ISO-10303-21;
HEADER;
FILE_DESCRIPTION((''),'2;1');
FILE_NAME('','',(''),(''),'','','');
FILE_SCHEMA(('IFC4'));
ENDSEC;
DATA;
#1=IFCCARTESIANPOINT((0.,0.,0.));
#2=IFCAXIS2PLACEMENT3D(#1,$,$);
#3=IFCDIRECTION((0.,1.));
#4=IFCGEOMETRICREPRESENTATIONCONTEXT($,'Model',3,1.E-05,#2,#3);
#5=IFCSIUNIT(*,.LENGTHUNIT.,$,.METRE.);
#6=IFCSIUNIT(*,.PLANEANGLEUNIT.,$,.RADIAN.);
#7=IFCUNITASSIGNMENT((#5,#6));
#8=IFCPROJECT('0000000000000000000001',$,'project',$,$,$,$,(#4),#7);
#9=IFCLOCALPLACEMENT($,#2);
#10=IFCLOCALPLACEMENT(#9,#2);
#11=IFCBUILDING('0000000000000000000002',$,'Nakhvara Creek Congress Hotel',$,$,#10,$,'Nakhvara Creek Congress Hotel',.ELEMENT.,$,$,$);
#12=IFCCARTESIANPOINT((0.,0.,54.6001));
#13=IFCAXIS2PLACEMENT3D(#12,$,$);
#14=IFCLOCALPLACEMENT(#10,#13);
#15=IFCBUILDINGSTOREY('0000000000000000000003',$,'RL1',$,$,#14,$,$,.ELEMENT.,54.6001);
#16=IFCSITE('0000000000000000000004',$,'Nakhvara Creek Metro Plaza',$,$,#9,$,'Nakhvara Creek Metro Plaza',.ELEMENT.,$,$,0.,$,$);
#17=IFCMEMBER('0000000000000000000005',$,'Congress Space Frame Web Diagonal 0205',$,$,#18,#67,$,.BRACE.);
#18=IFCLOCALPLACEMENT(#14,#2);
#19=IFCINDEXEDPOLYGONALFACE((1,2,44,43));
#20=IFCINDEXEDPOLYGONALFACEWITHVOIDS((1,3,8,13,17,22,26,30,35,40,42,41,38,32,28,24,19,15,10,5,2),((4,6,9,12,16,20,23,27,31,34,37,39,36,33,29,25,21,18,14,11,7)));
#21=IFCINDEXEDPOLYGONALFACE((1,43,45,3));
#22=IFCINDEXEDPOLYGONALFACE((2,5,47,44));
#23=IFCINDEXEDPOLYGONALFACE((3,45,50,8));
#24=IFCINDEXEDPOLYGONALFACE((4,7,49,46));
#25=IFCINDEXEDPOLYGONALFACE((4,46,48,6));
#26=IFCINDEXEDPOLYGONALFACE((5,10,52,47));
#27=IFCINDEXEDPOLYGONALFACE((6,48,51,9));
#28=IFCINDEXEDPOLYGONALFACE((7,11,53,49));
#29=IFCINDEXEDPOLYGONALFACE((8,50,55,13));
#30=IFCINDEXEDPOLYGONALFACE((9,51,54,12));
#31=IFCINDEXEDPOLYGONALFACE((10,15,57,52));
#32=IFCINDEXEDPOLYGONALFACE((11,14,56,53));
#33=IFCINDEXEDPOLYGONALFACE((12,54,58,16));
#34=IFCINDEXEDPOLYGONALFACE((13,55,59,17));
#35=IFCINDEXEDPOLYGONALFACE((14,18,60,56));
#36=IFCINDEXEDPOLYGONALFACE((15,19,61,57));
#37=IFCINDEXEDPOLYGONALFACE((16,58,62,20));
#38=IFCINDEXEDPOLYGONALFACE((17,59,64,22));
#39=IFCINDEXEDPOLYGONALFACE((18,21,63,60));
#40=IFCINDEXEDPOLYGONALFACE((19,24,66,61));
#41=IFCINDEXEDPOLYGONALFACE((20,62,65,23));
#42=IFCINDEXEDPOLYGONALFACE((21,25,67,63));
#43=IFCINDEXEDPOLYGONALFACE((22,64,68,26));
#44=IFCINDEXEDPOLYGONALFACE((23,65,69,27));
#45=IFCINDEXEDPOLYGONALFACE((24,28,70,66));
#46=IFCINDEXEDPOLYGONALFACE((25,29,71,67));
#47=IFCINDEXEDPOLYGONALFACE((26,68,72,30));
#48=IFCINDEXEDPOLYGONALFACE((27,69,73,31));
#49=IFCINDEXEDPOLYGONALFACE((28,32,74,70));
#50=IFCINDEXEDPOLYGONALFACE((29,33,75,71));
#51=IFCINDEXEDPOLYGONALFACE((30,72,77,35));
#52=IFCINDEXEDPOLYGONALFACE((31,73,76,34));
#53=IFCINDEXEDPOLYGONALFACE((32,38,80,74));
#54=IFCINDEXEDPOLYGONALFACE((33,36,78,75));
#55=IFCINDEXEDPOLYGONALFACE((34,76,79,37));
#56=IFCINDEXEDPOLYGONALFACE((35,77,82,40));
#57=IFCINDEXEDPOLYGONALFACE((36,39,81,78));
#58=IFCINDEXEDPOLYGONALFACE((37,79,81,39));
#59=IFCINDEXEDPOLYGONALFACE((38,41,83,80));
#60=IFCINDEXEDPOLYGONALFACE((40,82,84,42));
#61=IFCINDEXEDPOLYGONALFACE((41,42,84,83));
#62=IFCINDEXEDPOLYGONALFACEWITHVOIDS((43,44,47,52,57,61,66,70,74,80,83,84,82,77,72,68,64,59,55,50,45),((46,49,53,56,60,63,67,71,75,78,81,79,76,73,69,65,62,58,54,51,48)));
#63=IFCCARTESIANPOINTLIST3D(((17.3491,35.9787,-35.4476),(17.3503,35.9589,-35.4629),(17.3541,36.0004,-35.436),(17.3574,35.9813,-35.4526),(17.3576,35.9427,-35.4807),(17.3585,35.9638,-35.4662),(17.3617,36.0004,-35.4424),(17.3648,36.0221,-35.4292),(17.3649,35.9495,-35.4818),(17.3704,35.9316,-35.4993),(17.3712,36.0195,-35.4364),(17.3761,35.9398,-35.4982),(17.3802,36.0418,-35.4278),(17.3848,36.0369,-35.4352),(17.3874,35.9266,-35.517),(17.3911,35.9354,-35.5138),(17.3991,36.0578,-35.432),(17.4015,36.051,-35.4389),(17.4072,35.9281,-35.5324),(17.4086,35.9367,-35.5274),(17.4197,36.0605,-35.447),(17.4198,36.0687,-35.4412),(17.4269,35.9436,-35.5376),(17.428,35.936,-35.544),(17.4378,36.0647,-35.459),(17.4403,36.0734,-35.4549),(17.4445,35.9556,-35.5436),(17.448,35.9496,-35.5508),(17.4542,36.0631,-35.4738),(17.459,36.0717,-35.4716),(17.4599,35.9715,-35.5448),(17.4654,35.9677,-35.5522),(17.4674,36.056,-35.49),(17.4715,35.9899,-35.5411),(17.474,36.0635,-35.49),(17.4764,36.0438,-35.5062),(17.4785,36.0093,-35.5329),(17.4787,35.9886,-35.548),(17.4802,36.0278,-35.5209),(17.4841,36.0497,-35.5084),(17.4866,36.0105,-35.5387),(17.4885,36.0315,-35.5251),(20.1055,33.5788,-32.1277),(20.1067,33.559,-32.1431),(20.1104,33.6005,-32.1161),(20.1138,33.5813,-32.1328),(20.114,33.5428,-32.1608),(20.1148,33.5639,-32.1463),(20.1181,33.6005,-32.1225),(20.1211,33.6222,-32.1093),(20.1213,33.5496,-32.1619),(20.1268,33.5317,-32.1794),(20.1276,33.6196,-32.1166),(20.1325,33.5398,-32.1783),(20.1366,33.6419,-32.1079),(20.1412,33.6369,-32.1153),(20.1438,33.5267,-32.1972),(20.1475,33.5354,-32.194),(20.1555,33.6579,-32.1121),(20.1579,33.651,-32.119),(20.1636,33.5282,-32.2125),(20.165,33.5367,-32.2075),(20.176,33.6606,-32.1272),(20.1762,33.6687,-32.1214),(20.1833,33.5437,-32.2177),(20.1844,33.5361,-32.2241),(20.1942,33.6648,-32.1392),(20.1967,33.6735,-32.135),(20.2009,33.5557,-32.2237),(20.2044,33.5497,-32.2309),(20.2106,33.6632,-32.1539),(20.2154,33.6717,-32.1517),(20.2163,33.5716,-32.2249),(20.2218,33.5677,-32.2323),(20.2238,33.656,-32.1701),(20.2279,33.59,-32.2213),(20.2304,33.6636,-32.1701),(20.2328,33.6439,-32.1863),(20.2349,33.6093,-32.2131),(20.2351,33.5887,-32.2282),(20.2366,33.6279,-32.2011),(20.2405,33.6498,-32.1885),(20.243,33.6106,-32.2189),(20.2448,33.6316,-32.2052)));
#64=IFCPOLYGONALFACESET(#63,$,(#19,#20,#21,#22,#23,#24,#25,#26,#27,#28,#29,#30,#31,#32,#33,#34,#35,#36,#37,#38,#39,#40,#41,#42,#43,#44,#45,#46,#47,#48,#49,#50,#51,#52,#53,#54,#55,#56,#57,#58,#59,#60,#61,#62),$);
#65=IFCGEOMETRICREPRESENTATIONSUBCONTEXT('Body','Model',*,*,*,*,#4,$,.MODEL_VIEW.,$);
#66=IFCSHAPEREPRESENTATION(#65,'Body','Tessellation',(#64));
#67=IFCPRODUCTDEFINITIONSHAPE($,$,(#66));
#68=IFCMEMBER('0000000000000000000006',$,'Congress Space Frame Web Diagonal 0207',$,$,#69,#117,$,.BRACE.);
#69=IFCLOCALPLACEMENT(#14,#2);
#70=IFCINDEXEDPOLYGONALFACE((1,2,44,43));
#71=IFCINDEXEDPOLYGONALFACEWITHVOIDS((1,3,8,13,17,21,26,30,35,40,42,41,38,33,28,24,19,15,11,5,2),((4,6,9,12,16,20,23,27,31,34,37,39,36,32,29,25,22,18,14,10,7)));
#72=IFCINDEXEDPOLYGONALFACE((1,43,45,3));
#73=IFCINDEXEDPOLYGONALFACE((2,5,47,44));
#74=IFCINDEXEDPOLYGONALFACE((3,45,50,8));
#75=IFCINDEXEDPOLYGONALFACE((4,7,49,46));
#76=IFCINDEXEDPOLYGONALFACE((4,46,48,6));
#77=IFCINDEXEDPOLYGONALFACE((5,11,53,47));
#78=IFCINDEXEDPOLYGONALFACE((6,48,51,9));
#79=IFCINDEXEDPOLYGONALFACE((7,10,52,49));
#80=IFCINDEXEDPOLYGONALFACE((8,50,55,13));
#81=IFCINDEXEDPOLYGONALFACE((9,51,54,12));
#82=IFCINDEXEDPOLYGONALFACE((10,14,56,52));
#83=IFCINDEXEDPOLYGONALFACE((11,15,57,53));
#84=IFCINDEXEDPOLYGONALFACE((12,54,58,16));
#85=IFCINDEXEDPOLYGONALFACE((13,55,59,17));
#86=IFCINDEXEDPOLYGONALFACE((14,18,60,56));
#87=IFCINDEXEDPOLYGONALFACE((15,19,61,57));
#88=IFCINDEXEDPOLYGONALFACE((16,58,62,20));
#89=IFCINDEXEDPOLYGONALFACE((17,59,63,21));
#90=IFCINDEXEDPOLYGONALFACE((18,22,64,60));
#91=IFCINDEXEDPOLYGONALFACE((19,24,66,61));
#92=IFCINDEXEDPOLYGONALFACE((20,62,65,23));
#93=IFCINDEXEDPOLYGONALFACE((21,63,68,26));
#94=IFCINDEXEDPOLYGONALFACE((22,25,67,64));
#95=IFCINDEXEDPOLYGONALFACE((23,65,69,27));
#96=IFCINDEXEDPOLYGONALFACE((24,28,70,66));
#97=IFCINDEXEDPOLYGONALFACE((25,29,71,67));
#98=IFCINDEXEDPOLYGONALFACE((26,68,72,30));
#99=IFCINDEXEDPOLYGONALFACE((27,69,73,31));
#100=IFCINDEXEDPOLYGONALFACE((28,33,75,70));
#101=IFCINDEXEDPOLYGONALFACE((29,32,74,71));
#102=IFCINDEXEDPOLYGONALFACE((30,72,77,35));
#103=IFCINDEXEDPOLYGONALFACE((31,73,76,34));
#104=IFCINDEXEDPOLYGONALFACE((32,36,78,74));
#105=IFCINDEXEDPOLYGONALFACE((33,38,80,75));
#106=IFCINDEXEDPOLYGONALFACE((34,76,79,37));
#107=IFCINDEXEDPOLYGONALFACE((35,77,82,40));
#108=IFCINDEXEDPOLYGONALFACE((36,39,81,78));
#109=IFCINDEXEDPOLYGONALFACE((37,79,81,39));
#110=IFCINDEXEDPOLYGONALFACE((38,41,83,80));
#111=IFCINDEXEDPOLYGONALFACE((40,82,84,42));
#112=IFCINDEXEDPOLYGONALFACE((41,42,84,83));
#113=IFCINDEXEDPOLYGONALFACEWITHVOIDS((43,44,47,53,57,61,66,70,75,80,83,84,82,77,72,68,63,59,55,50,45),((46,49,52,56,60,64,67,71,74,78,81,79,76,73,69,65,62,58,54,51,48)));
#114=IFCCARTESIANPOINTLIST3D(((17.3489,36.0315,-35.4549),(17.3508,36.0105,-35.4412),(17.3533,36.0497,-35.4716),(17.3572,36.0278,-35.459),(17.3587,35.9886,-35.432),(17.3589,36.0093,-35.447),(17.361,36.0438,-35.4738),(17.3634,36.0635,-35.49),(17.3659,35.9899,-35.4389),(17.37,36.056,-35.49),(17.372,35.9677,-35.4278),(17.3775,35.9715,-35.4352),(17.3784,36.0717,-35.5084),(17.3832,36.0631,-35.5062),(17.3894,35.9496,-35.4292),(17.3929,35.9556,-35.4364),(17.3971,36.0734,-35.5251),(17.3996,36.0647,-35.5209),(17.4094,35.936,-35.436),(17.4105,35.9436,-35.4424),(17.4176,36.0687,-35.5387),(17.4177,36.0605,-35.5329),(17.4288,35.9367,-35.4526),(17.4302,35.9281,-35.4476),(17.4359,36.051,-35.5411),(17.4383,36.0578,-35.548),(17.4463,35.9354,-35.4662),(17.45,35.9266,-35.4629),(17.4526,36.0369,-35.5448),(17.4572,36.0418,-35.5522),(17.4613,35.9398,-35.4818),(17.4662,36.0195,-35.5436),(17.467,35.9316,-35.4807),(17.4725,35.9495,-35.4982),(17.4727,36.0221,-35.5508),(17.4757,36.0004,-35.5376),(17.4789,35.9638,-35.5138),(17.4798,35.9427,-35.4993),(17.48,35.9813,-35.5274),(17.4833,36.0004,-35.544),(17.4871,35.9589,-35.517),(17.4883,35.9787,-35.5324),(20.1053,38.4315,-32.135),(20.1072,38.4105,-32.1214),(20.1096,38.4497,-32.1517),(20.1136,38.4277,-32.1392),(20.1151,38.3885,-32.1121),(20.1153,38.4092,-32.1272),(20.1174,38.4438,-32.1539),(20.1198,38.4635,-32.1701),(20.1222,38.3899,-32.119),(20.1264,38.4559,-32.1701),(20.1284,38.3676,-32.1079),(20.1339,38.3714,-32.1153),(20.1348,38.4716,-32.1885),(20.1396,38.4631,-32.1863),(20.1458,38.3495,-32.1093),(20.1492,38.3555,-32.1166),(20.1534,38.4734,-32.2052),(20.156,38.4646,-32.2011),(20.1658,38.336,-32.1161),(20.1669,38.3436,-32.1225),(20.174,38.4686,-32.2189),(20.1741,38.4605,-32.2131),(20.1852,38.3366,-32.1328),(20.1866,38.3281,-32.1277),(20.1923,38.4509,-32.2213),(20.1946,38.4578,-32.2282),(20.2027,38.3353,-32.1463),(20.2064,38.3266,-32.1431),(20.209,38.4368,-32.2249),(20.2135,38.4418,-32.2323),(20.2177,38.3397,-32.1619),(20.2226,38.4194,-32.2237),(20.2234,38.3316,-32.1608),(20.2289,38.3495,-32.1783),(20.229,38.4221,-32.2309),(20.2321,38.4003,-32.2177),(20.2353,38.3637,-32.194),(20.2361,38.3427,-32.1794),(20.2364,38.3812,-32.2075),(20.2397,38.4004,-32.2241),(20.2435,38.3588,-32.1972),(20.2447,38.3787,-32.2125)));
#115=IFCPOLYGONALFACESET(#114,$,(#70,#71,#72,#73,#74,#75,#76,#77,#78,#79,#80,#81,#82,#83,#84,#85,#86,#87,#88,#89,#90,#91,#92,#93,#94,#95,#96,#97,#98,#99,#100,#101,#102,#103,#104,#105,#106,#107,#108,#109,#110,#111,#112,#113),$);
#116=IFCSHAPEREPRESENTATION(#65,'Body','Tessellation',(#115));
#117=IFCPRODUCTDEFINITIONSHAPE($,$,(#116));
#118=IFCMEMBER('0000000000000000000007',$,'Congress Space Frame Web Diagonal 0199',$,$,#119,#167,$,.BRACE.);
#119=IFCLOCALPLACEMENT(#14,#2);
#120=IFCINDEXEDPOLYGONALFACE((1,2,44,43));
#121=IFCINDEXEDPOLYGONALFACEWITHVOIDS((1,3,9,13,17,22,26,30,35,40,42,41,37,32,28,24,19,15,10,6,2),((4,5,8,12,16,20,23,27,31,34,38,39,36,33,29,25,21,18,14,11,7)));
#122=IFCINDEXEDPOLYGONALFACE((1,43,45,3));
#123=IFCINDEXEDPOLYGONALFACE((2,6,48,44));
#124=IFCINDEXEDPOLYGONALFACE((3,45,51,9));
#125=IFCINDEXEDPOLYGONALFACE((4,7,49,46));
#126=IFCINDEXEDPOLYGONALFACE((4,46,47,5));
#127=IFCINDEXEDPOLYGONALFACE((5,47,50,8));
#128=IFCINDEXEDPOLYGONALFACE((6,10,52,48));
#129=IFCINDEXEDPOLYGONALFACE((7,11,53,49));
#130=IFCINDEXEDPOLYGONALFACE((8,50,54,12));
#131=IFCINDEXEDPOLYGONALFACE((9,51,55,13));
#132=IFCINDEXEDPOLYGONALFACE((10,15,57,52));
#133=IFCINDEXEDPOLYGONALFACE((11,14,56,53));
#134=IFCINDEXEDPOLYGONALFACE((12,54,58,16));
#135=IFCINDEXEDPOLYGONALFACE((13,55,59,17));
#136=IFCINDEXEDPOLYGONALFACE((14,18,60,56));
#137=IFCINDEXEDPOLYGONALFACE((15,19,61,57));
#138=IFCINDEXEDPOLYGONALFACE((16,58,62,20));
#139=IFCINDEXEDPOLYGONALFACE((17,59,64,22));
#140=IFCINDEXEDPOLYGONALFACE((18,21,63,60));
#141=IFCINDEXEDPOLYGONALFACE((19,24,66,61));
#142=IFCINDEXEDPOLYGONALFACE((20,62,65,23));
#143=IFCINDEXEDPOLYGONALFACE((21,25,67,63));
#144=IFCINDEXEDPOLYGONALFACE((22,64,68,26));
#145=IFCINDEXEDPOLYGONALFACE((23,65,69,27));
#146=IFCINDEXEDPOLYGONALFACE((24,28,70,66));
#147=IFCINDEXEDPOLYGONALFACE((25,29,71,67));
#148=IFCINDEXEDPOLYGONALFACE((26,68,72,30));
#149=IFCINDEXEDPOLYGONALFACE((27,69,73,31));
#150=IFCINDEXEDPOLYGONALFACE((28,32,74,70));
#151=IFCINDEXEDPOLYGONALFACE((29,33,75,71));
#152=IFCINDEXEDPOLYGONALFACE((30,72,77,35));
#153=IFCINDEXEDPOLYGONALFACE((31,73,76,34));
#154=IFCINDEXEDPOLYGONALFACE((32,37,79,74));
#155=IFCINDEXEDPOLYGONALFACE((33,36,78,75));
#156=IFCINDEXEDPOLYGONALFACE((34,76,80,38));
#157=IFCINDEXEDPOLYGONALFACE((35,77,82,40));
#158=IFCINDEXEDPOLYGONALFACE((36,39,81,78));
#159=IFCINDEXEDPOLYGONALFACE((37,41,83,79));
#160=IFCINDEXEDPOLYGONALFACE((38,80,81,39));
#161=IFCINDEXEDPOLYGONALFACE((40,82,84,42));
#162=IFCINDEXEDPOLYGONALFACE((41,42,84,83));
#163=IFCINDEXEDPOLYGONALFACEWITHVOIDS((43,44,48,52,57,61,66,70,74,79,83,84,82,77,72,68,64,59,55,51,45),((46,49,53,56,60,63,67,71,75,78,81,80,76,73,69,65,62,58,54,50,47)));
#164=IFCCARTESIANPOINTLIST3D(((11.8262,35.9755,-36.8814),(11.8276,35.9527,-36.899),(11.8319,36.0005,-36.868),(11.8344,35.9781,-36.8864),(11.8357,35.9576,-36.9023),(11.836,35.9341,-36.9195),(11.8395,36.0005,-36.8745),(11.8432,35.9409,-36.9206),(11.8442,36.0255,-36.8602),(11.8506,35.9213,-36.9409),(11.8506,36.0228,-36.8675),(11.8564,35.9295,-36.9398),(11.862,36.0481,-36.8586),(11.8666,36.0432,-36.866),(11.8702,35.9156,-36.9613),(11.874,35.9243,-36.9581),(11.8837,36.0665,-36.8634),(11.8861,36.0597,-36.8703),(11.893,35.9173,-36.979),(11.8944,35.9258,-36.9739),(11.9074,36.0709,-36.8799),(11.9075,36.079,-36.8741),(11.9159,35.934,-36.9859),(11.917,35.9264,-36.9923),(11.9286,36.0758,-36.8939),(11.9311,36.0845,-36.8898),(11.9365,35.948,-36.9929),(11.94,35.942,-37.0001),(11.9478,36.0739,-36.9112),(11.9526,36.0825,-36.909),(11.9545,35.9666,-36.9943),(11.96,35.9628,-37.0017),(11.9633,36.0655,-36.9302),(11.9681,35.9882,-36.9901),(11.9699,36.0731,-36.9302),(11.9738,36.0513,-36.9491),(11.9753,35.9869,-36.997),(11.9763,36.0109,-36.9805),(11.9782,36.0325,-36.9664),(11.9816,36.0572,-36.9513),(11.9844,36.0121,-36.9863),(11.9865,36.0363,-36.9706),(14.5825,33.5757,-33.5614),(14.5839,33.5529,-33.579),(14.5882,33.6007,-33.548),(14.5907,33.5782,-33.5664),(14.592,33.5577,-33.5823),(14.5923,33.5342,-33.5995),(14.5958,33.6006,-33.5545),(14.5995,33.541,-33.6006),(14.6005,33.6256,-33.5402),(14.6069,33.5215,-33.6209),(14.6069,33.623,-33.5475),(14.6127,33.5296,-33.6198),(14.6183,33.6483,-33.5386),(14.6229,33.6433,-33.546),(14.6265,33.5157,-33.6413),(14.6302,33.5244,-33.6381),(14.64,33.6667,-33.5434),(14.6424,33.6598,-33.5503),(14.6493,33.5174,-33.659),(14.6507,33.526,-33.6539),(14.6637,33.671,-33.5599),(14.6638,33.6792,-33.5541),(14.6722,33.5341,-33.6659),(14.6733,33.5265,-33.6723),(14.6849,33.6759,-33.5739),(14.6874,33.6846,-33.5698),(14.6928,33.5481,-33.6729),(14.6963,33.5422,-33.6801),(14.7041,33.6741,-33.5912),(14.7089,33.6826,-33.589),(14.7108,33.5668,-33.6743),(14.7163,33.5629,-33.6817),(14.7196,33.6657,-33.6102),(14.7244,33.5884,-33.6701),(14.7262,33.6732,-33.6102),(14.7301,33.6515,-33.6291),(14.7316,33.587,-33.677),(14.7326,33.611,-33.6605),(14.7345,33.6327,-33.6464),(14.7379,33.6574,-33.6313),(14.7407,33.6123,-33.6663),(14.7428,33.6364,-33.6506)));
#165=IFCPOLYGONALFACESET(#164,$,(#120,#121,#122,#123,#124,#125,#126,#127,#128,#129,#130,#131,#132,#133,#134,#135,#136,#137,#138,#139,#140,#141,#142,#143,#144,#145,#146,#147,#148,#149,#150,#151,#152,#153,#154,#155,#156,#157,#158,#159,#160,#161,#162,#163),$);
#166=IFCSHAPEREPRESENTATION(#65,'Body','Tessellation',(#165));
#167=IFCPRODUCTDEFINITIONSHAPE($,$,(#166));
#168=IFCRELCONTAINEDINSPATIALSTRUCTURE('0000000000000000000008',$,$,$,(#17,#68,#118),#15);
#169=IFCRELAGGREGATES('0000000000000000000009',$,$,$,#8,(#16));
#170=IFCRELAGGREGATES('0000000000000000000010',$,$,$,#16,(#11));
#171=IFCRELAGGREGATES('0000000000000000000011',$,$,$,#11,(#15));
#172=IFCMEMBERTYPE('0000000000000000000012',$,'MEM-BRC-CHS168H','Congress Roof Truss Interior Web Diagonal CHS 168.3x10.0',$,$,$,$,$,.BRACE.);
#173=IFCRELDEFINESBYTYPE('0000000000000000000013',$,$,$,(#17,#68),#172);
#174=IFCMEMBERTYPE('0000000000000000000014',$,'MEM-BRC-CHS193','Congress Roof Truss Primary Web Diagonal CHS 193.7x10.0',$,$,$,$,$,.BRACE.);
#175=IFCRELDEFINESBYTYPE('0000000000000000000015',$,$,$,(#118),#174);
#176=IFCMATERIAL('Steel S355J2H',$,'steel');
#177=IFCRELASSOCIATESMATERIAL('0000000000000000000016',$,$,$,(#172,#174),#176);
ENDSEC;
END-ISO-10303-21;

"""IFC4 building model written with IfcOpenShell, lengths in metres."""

from ifc_helpers import new_model, si_unit, direction, frame, origin, origin_2d, place, context, subcontext, project, spatial, hollow_circle, extrude, material, material_profile, profile_set, type_object, element, save


model = new_model("IFC4")

# Units and contexts
model_context = context("Model", 3, precision=1e-05, world=origin(), true_north=direction((0.0, 1.0)))
body_context = subcontext(model_context, "Body", "Model", "MODEL_VIEW")
ifc_project = project(units=[si_unit("LENGTHUNIT", "METRE"), si_unit("PLANEANGLEUNIT", "RADIAN")], contexts=[model_context])

# Site, building, storey
site_placement = place(None, origin())
site = spatial("IfcSite", under=ifc_project, at=site_placement, Name="Nakhvara Creek Metro Plaza", LongName="Nakhvara Creek Metro Plaza", CompositionType="ELEMENT", RefElevation=0.0)
building_placement = place(site_placement, origin())
building = spatial("IfcBuilding", under=site, at=building_placement, Name="Nakhvara Creek Congress Hotel", LongName="Nakhvara Creek Congress Hotel", CompositionType="ELEMENT")
storey_placement = place(building_placement, frame((0.0, 0.0, 54.6001)))
storey = spatial("IfcBuildingStorey", under=building, at=storey_placement, Name="RL1", CompositionType="ELEMENT", Elevation=54.6001)

# Members
ifc_material_1 = material(Name="Steel S355J2H", Category="steel")
ifc_material_profile_1 = material_profile(ifc_material_1, hollow_circle(Radius=0.0842, WallThickness=0.01, at=origin_2d()), Name="CHS 168.3x10.0", Category="LoadBearing")
ifc_profile_set_1 = profile_set([ifc_material_profile_1], Name="Steel S355J2H")
member_type_1 = type_object("IfcMemberType", Name="MEM-BRC-CHS168H", Description="Congress Roof Truss Interior Web Diagonal CHS 168.3x10.0", PredefinedType="BRACE", material=ifc_profile_set_1)
for number, where, z_axis, x_axis, name in (
    (1, (17.4187, 36.0, -35.49), (0.558256, -0.486063, 0.672379), (0.656658, 0.754188, 0.0), "Congress Space Frame Web Diagonal 0205"),
    (2, (17.4187, 36.0, -35.49), (0.558256, 0.486063, 0.672379), (-0.656658, 0.754188, 0.0), "Congress Space Frame Web Diagonal 0207"),
):
    element("IfcMember", number, at=place(storey_placement, frame(where, z_axis=z_axis, x_axis=x_axis)), inside=storey, type_object=member_type_1, Name=name, PredefinedType="BRACE", context=body_context, shape_type="SweptSolid", body=[
        extrude(hollow_circle(Radius=0.0842, WallThickness=0.01, at=origin_2d()), origin(), (0.0, 0.0, 1.0), 4.9375),
    ])
ifc_material_profile_2 = material_profile(ifc_material_1, hollow_circle(Radius=0.0969, WallThickness=0.01, at=origin_2d()), Name="CHS 193.7x10.0", Category="LoadBearing")
ifc_profile_set_2 = profile_set([ifc_material_profile_2], Name="Steel S355J2H")
member_type_2 = type_object("IfcMemberType", Name="MEM-BRC-CHS193", Description="Congress Roof Truss Primary Web Diagonal CHS 193.7x10.0", PredefinedType="BRACE", material=ifc_profile_set_2)
for number, where, z_axis, x_axis, name in (
    (3, (11.9062, 36.0, -36.9302), (0.558237, -0.486047, 0.672406), (0.656658, 0.754188, 0.0), "Congress Space Frame Web Diagonal 0199"),
):
    element("IfcMember", number, at=place(storey_placement, frame(where, z_axis=z_axis, x_axis=x_axis)), inside=storey, type_object=member_type_2, Name=name, PredefinedType="BRACE", context=body_context, shape_type="SweptSolid", body=[
        extrude(hollow_circle(Radius=0.0969, WallThickness=0.01, at=origin_2d()), origin(), (0.0, 0.0, 1.0), 4.9375),
    ])

save(model, "model.ifc")
